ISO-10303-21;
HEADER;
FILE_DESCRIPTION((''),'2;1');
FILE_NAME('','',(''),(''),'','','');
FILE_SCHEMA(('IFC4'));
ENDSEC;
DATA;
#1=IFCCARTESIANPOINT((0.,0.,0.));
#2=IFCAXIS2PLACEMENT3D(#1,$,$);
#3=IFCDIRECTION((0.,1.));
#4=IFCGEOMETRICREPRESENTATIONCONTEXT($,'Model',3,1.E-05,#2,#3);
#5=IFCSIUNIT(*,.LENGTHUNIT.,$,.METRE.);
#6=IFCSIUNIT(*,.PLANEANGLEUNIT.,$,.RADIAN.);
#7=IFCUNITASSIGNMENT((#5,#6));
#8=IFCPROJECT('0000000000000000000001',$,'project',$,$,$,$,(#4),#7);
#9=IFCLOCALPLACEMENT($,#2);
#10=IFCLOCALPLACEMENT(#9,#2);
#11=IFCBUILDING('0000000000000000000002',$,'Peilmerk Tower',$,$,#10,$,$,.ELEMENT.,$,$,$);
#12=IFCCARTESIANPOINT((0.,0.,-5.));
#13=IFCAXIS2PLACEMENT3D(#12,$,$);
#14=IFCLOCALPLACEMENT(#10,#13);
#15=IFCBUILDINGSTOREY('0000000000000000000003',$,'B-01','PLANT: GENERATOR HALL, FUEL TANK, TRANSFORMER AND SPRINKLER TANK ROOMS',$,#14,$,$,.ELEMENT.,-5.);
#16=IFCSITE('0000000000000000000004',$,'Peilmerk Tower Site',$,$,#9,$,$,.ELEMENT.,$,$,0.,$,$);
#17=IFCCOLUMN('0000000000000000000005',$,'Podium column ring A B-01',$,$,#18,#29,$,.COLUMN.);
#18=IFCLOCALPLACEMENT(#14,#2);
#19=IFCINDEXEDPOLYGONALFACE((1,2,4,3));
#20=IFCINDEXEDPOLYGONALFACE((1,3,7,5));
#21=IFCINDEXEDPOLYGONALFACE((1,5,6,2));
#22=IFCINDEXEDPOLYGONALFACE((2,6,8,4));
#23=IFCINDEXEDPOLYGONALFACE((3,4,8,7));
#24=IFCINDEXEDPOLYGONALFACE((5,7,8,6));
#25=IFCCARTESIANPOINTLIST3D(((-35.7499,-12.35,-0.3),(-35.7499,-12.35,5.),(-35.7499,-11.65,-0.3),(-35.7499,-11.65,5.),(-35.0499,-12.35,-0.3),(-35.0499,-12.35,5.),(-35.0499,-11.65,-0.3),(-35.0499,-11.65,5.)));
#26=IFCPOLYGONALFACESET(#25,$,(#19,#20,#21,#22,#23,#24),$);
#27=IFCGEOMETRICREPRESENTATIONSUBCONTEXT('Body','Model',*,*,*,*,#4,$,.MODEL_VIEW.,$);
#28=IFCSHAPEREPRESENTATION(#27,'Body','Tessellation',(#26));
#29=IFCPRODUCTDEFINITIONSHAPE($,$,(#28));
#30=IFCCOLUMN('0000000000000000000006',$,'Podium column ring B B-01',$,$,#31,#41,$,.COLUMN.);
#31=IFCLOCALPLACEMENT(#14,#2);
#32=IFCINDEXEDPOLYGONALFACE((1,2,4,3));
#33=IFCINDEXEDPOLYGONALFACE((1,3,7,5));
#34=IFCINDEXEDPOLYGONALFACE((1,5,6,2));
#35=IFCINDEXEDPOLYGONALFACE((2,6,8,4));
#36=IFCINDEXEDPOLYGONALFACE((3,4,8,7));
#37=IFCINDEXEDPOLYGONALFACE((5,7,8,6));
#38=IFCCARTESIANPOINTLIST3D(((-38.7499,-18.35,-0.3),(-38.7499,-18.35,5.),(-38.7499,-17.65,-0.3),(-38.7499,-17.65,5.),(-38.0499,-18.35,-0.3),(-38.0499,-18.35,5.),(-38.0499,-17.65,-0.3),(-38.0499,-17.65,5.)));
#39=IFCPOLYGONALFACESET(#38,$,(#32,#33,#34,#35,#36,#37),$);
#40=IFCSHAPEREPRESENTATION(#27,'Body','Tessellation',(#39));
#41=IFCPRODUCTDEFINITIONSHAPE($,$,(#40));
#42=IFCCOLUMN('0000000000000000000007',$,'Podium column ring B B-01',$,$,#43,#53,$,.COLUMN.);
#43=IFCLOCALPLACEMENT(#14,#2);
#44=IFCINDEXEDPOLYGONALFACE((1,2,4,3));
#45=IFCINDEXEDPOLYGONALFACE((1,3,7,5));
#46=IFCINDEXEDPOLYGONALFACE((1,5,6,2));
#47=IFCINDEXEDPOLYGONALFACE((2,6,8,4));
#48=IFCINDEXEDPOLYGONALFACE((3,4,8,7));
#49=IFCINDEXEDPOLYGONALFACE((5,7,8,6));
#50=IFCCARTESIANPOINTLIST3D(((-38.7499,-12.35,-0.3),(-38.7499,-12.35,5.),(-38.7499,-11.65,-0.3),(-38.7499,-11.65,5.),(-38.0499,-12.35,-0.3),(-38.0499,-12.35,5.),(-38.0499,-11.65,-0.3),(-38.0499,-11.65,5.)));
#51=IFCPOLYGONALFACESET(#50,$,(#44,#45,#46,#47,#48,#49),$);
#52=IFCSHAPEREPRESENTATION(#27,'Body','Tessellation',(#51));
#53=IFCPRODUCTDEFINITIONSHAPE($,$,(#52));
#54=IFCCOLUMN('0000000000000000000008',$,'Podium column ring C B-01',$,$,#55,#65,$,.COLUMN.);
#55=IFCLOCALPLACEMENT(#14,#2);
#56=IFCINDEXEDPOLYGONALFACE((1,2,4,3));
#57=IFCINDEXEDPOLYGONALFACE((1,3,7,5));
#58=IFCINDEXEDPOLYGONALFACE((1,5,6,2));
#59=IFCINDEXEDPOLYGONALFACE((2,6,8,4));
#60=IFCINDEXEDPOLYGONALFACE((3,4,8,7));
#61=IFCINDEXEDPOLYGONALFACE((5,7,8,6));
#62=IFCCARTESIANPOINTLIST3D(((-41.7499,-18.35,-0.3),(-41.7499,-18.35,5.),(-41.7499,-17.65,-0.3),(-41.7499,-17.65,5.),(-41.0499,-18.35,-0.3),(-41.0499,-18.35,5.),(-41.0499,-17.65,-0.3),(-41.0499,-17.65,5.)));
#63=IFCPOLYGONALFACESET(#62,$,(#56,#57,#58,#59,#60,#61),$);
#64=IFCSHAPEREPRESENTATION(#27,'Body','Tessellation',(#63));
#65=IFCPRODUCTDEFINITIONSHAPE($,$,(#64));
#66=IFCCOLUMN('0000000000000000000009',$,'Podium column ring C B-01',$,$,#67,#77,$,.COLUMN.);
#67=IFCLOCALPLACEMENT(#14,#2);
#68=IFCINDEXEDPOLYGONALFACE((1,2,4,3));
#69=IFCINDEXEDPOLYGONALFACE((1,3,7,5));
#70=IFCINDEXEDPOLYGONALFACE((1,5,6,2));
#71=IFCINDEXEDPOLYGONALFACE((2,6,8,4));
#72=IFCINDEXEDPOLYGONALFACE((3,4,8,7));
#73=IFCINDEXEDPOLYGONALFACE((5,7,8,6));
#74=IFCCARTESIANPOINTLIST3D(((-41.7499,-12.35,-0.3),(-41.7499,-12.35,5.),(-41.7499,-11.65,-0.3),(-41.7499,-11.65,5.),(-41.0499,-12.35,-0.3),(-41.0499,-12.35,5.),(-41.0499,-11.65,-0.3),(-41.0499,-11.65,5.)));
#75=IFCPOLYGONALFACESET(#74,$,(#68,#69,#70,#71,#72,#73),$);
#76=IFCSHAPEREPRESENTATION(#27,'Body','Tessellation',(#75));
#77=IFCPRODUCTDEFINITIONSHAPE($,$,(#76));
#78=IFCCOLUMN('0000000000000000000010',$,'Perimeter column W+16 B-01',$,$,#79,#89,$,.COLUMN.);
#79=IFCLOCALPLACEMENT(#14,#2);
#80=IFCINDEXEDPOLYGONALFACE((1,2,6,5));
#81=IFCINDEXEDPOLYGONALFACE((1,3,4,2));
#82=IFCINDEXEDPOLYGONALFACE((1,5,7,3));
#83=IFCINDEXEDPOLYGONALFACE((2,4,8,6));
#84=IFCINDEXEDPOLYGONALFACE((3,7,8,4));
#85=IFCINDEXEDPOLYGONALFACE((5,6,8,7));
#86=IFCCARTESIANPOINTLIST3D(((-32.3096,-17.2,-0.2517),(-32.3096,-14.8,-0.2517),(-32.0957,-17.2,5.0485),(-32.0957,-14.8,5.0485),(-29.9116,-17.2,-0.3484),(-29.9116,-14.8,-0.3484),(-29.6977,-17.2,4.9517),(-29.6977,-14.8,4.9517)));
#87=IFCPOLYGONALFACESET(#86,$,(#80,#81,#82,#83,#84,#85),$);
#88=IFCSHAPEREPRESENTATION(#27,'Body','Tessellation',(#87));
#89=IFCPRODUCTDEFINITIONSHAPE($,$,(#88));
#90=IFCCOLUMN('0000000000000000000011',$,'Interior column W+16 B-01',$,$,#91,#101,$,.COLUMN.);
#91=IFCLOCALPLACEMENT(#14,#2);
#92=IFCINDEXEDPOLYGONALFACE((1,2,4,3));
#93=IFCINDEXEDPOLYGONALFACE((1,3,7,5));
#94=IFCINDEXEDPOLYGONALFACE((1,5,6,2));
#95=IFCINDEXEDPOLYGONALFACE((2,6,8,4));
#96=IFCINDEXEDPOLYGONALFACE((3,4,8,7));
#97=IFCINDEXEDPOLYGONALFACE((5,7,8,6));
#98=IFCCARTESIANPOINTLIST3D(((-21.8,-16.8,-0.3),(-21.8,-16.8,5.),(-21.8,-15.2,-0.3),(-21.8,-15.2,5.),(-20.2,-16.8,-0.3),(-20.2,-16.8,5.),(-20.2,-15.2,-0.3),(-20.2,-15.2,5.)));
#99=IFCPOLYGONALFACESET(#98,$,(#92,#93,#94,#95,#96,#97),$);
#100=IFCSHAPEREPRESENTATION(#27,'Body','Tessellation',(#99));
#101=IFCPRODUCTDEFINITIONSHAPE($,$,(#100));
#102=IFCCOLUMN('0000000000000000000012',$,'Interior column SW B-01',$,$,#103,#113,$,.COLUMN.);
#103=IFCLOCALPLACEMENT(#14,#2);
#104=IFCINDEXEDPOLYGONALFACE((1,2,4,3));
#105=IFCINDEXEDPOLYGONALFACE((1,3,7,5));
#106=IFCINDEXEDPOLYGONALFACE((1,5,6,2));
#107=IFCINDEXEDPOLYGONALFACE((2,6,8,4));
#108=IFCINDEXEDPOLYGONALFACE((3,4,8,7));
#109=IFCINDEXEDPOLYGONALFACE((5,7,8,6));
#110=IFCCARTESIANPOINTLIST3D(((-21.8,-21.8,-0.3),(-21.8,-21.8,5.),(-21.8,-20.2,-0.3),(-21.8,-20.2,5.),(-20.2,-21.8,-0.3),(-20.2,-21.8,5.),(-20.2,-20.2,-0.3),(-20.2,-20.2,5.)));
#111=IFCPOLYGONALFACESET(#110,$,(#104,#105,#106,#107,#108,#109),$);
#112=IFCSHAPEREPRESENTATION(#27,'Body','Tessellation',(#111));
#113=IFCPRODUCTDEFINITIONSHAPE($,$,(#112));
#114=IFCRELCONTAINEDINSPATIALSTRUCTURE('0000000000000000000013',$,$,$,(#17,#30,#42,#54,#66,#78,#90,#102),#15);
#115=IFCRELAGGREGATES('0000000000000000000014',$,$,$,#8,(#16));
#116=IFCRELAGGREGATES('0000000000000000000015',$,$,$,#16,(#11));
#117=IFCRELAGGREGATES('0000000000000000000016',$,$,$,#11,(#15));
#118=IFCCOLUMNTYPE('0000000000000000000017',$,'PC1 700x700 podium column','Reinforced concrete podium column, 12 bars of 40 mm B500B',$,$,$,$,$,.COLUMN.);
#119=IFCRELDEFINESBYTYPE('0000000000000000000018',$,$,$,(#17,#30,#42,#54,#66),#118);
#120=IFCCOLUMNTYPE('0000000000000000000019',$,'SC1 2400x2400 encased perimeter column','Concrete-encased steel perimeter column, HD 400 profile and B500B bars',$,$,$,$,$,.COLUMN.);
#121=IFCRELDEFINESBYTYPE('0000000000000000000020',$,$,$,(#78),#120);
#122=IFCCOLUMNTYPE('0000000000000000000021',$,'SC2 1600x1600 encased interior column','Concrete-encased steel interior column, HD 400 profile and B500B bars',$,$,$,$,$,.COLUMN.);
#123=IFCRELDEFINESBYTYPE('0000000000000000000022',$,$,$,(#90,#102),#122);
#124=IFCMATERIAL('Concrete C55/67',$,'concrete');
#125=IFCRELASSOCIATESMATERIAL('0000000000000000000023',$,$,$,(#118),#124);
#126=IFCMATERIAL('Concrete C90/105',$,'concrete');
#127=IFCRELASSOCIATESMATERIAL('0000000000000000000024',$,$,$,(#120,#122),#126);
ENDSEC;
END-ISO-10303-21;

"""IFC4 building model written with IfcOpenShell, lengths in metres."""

from ifc_helpers import new_model, si_unit, direction, frame, origin, origin_2d, place, context, subcontext, project, spatial, rectangle, extrude, material, material_profile, profile_set, type_object, element, save


model = new_model("IFC4")

# Units and contexts
model_context = context("Model", 3, precision=1e-05, world=origin(), true_north=direction((0.0, 1.0)))
body_context = subcontext(model_context, "Body", "Model", "MODEL_VIEW")
ifc_project = project(units=[si_unit("LENGTHUNIT", "METRE"), si_unit("PLANEANGLEUNIT", "RADIAN")], contexts=[model_context])

# Site, building, storey
site_placement = place(None, origin())
site = spatial("IfcSite", under=ifc_project, at=site_placement, Name="Peilmerk Tower Site", CompositionType="ELEMENT", RefElevation=0.0)
building_placement = place(site_placement, origin())
building = spatial("IfcBuilding", under=site, at=building_placement, Name="Peilmerk Tower", CompositionType="ELEMENT")
storey_placement = place(building_placement, frame((0.0, 0.0, -5.0)))
storey = spatial("IfcBuildingStorey", under=building, at=storey_placement, Name="B-01", Description="PLANT: GENERATOR HALL, FUEL TANK, TRANSFORMER AND SPRINKLER TANK ROOMS", CompositionType="ELEMENT", Elevation=-5.0)

# Columns
ifc_material_1 = material(Name="Concrete C55/67", Category="concrete")
ifc_material_profile_1 = material_profile(ifc_material_1, rectangle(XDim=0.7, YDim=0.7, at=origin_2d()), Name="RC 700x700")
ifc_profile_set_1 = profile_set([ifc_material_profile_1], Name="Concrete C55/67")
column_type_1 = type_object("IfcColumnType", Name="PC1 700x700 podium column", Description="Reinforced concrete podium column, 12 bars of 40 mm B500B", PredefinedType="COLUMN", material=ifc_profile_set_1)
for number, where, z_axis, x_axis, name in (
    (1, (-35.3999, -12.0, -0.3), (0.0, 0.0, 1.0), (1.0, 0.0, 0.0), "Podium column ring A B-01"),
    (2, (-38.3999, -18.0, -0.3), (0.0, 0.0, 1.0), (1.0, 0.0, 0.0), "Podium column ring B B-01"),
    (3, (-38.3999, -12.0, -0.3), (0.0, 0.0, 1.0), (1.0, 0.0, 0.0), "Podium column ring B B-01"),
    (4, (-41.3999, -18.0, -0.3), (0.0, 0.0, 1.0), (1.0, 0.0, 0.0), "Podium column ring C B-01"),
    (5, (-41.3999, -12.0, -0.3), (0.0, 0.0, 1.0), (1.0, 0.0, 0.0), "Podium column ring C B-01"),
):
    element("IfcColumn", number, at=place(storey_placement, frame(where, z_axis=z_axis, x_axis=x_axis)), inside=storey, type_object=column_type_1, Name=name, PredefinedType="COLUMN", context=body_context, shape_type="SweptSolid", body=[
        extrude(rectangle(XDim=0.7, YDim=0.7, at=origin_2d()), origin(), (0.0, 0.0, 1.0), 5.3),
    ])
ifc_material_2 = material(Name="Concrete C90/105", Category="concrete")
ifc_material_profile_2 = material_profile(ifc_material_2, rectangle(XDim=2.3999, YDim=2.3999, at=origin_2d()), Name="RC 2400x2400")
ifc_profile_set_2 = profile_set([ifc_material_profile_2], Name="Concrete C90/105")
column_type_2 = type_object("IfcColumnType", Name="SC1 2400x2400 encased perimeter column", Description="Concrete-encased steel perimeter column, HD 400 profile and B500B bars", PredefinedType="COLUMN", material=ifc_profile_set_2)
column_placement = place(storey_placement, frame((-31.1106, -16.0, -0.3), z_axis=(0.040319, 0.0, 0.999187), x_axis=(0.0, 1.0, 0.0)))
element("IfcColumn", 6, at=column_placement, inside=storey, type_object=column_type_2, Name="Perimeter column W+16 B-01", PredefinedType="COLUMN", context=body_context, shape_type="SweptSolid", body=[
    extrude(rectangle(XDim=2.3999, YDim=2.3999, at=origin_2d()), origin(), (0.0, 0.0, 1.0), 5.3044),
])
ifc_material_profile_3 = material_profile(ifc_material_2, rectangle(XDim=1.6001, YDim=1.6001, at=origin_2d()), Name="RC 1600x1600")
ifc_profile_set_3 = profile_set([ifc_material_profile_3], Name="Concrete C90/105")
column_type_3 = type_object("IfcColumnType", Name="SC2 1600x1600 encased interior column", Description="Concrete-encased steel interior column, HD 400 profile and B500B bars", PredefinedType="COLUMN", material=ifc_profile_set_3)
for number, where, z_axis, x_axis, name in (
    (7, (-21.0, -16.0, -0.3), (0.0, 0.0, 1.0), (1.0, 0.0, 0.0), "Interior column W+16 B-01"),
    (8, (-21.0, -21.0, -0.3), (0.0, 0.0, 1.0), (1.0, 0.0, 0.0), "Interior column SW B-01"),
):
    element("IfcColumn", number, at=place(storey_placement, frame(where, z_axis=z_axis, x_axis=x_axis)), inside=storey, type_object=column_type_3, Name=name, PredefinedType="COLUMN", context=body_context, shape_type="SweptSolid", body=[
        extrude(rectangle(XDim=1.6001, YDim=1.6001, at=origin_2d()), origin(), (0.0, 0.0, 1.0), 5.3),
    ])

save(model, "model.ifc")
